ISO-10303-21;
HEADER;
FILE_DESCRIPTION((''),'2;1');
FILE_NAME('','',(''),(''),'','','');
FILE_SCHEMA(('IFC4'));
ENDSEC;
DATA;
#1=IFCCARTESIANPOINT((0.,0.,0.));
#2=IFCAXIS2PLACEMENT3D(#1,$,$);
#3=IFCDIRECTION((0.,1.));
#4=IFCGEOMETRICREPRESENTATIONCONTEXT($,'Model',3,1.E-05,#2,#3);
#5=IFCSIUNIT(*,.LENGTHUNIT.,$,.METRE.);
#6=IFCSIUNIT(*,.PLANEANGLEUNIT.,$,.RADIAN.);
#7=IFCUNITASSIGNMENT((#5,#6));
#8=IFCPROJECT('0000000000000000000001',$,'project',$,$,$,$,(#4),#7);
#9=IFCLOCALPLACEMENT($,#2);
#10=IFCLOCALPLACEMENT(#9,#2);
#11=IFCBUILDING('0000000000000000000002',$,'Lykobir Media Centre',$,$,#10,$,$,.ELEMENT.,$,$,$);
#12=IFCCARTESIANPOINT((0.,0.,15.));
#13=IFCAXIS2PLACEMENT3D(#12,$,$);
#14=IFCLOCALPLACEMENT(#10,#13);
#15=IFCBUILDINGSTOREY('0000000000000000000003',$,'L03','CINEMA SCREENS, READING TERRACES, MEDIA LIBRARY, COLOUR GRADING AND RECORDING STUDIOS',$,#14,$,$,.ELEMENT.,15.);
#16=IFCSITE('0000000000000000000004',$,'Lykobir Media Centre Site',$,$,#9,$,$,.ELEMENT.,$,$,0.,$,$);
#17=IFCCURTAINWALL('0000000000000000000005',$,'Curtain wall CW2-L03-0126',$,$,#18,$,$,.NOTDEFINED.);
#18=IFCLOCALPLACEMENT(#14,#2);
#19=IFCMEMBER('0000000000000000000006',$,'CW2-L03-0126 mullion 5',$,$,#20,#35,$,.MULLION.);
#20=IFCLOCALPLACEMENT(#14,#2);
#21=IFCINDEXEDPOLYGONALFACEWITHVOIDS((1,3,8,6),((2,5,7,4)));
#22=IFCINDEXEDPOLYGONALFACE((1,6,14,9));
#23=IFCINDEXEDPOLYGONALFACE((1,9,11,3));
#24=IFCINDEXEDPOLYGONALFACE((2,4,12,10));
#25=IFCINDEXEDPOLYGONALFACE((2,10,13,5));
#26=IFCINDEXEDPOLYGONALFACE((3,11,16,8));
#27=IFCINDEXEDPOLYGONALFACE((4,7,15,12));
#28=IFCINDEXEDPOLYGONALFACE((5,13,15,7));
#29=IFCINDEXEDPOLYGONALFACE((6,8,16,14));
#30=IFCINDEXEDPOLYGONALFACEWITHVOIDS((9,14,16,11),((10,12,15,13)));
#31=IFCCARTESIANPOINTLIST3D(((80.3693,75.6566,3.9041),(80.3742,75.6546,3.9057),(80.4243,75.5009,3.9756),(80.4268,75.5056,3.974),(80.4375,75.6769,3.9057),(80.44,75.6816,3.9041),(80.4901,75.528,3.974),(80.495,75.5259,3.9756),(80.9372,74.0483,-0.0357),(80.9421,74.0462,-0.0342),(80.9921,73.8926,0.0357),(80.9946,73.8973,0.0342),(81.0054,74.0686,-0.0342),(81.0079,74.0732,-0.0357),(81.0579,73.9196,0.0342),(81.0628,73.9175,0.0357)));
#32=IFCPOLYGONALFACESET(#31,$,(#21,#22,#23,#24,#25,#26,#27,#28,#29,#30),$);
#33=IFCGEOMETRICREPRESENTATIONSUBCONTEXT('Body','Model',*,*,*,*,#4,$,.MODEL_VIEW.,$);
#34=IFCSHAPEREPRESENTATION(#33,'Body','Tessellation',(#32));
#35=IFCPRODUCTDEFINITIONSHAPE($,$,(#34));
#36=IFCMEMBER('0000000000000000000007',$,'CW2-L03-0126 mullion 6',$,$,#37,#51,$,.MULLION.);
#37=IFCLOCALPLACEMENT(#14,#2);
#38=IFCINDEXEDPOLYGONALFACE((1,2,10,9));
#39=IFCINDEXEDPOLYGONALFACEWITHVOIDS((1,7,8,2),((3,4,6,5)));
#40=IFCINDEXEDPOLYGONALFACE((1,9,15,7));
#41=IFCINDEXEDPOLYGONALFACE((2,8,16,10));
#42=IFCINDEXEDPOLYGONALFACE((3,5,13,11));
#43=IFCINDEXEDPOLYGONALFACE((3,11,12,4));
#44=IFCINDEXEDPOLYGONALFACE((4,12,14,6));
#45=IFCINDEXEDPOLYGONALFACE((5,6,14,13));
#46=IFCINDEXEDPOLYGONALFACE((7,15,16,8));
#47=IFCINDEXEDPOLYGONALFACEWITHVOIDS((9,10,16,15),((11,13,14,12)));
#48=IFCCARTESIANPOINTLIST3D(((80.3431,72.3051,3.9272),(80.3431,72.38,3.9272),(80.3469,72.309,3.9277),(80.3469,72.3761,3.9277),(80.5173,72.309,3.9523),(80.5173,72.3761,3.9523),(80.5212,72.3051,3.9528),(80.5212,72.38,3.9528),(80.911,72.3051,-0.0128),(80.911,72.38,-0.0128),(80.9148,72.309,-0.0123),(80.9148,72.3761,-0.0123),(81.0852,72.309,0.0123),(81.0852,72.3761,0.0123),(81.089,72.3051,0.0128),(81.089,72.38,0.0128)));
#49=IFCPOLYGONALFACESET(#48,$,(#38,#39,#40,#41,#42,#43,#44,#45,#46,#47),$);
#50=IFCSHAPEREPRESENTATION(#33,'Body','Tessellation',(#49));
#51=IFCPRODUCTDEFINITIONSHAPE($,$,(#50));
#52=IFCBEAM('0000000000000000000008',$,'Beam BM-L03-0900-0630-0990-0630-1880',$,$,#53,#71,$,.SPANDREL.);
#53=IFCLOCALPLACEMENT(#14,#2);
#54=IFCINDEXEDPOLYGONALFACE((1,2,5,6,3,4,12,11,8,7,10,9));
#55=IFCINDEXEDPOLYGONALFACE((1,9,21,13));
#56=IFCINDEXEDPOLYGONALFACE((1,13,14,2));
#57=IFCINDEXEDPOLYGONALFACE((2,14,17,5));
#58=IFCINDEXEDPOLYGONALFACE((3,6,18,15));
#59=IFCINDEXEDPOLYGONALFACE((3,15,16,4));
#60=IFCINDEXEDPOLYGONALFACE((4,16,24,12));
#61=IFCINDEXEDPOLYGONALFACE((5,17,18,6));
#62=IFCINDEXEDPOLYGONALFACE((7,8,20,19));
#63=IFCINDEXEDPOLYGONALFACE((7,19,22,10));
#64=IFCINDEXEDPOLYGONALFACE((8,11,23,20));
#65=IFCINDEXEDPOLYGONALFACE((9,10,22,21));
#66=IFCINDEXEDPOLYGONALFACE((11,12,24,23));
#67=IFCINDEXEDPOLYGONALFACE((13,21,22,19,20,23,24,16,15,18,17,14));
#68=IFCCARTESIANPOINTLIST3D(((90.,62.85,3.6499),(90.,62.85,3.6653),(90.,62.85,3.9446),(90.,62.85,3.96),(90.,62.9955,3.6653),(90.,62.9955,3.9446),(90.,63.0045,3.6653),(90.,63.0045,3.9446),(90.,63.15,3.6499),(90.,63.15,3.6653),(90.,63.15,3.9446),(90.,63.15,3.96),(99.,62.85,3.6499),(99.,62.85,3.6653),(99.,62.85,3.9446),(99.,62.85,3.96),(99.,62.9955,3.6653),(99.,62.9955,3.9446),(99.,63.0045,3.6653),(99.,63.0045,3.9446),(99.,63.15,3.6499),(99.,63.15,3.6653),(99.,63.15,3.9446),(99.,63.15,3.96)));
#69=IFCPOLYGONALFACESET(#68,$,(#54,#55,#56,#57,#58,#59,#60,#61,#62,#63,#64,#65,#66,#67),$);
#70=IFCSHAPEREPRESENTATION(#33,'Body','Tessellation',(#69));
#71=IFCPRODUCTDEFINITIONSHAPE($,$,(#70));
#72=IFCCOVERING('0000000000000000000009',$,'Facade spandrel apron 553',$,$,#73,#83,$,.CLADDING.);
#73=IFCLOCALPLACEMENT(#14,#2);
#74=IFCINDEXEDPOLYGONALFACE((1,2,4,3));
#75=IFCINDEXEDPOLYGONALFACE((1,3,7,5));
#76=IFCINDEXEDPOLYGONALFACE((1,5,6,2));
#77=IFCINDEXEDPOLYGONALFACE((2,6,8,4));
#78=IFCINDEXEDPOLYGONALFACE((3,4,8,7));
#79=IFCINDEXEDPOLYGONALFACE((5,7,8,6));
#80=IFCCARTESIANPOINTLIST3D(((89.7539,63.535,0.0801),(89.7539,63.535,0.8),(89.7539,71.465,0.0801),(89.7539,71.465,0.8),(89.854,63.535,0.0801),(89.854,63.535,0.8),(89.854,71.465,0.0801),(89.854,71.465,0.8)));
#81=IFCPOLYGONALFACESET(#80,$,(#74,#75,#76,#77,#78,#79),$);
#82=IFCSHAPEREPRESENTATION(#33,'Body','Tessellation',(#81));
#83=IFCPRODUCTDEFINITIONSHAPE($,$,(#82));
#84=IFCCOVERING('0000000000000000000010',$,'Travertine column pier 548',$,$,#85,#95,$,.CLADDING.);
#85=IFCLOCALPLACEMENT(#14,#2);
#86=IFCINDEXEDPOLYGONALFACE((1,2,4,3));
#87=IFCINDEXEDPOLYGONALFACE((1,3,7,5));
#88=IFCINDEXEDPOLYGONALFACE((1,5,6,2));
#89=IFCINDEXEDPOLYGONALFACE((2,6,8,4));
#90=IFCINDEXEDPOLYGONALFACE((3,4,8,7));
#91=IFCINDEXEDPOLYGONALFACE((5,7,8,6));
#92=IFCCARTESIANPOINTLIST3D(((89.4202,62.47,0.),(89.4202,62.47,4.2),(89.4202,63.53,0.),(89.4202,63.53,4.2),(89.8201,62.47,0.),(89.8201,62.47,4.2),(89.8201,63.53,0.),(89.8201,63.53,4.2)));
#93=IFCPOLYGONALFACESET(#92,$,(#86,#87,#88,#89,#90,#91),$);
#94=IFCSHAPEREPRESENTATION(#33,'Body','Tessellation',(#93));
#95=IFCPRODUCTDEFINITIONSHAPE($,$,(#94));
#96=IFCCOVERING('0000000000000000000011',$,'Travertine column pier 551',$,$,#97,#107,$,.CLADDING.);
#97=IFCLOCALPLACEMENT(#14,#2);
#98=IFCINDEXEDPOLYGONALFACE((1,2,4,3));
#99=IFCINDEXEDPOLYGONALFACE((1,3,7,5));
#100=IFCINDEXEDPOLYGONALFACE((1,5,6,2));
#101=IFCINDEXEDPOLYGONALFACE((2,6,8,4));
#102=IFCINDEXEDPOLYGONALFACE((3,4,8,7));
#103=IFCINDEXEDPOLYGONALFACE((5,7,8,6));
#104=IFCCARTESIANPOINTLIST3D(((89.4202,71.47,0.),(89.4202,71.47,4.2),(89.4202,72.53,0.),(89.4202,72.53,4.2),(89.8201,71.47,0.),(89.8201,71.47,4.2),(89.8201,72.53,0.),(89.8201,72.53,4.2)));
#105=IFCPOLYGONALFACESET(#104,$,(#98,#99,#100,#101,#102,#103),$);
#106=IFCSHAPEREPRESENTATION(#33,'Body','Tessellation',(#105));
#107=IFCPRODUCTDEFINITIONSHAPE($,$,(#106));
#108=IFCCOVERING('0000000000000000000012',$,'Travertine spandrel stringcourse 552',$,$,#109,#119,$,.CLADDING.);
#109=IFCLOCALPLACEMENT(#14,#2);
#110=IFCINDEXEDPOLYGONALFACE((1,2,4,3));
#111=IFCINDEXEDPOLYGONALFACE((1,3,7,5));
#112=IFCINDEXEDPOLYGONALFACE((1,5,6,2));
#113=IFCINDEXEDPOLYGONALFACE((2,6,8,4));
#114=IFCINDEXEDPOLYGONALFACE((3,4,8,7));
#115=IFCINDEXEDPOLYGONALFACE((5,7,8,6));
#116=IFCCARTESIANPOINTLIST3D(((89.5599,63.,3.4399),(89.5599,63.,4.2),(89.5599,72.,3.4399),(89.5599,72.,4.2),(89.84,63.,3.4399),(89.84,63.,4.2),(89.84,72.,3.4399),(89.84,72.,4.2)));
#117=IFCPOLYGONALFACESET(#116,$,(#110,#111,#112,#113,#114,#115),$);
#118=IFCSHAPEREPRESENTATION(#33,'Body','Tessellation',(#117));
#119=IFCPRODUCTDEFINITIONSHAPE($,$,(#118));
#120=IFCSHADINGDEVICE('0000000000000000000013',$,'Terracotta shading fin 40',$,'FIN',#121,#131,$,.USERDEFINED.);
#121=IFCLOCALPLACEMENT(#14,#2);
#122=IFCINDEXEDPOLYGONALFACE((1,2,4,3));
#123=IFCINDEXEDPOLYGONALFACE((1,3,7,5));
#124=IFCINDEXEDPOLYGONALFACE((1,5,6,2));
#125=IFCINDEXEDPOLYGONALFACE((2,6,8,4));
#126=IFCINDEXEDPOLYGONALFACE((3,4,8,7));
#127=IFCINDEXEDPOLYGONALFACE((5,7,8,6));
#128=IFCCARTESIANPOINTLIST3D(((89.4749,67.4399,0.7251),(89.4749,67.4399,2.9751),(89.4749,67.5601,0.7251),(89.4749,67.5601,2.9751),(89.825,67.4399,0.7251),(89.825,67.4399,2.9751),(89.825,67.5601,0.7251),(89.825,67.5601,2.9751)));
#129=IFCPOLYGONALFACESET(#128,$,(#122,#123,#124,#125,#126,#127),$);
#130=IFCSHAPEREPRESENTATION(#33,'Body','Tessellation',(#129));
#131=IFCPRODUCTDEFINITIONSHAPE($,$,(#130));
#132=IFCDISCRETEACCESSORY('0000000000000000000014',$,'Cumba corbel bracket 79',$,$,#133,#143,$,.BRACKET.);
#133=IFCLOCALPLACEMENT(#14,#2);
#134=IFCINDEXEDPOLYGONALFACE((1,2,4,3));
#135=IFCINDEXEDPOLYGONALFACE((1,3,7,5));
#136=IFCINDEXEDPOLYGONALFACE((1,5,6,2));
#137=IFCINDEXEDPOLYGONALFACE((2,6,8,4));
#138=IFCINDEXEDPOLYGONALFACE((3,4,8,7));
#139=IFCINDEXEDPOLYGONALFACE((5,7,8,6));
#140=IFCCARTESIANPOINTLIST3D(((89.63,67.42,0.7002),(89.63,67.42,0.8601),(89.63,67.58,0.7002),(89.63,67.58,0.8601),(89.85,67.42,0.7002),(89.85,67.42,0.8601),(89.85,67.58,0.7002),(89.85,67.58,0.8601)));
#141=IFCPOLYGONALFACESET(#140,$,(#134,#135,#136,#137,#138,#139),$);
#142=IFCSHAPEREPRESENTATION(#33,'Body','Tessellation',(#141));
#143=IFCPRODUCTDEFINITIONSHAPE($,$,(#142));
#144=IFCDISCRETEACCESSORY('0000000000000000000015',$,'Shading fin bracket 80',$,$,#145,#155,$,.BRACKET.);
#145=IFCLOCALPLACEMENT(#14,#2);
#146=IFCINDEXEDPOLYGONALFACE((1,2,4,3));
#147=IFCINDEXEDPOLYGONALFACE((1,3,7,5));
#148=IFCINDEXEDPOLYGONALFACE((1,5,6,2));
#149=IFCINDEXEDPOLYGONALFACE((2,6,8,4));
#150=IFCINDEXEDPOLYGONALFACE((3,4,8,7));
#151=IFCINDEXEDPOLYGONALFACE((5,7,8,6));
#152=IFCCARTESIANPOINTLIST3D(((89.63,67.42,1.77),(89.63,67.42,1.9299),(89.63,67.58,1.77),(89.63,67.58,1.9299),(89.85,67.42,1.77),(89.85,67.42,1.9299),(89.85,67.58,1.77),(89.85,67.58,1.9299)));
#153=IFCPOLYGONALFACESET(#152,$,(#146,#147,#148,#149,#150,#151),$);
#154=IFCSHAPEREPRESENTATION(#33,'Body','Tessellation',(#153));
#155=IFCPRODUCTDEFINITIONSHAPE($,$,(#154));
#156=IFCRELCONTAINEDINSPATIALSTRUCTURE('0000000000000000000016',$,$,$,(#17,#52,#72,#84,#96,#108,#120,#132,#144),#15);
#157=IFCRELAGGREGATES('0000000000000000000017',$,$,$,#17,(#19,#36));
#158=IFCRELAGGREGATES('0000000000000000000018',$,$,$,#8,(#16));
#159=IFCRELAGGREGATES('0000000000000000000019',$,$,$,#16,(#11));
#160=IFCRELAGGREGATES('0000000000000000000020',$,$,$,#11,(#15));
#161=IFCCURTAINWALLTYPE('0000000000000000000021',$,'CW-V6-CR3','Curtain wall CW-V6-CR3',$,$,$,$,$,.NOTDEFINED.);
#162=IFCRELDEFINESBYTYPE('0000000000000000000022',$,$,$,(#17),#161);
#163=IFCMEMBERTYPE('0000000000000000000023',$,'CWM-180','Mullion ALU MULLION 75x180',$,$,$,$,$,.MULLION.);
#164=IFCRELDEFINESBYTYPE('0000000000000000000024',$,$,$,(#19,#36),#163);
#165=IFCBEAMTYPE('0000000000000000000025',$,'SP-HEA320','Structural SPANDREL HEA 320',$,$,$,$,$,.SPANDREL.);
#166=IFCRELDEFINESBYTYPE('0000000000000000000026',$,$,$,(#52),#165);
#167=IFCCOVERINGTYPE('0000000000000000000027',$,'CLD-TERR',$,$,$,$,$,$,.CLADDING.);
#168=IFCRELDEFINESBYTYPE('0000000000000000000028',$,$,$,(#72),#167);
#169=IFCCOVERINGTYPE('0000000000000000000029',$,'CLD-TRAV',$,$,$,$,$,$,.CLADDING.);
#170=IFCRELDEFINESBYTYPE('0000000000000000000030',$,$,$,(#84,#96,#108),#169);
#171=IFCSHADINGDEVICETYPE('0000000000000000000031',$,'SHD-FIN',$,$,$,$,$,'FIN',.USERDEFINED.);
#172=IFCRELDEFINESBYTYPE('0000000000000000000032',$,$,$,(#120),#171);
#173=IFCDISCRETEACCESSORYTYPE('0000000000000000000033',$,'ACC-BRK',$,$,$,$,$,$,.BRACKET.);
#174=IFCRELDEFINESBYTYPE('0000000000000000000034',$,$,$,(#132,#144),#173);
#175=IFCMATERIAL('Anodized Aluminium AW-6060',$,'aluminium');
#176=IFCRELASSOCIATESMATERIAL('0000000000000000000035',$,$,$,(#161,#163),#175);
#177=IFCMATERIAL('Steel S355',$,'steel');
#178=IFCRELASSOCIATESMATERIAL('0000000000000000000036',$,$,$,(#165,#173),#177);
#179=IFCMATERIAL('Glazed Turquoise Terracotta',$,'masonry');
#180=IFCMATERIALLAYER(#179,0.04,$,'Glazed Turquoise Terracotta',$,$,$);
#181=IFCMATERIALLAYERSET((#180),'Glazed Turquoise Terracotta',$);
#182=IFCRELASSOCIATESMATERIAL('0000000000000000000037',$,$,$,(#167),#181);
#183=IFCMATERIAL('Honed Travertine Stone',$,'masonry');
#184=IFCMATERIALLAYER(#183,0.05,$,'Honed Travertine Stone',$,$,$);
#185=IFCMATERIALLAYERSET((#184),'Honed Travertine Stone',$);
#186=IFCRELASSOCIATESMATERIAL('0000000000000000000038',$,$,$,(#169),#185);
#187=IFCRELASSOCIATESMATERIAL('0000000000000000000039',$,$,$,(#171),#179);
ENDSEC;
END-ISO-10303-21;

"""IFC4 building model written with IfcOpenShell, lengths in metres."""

from ifc_helpers import new_model, si_unit, direction, frame, origin, origin_2d, place, context, subcontext, project, spatial, rectangle, hollow_rectangle, i_section, extrude, material, layer, layer_set, material_profile, profile_set, type_object, element, aggregate, save


model = new_model("IFC4")

# Units and contexts
model_context = context("Model", 3, precision=1e-05, world=origin(), true_north=direction((0.0, 1.0)))
body_context = subcontext(model_context, "Body", "Model", "MODEL_VIEW")
ifc_project = project(units=[si_unit("LENGTHUNIT", "METRE"), si_unit("PLANEANGLEUNIT", "RADIAN")], contexts=[model_context])

# Site, building, storey
site_placement = place(None, origin())
site = spatial("IfcSite", under=ifc_project, at=site_placement, Name="Lykobir Media Centre Site", CompositionType="ELEMENT", RefElevation=0.0)
building_placement = place(site_placement, origin())
building = spatial("IfcBuilding", under=site, at=building_placement, Name="Lykobir Media Centre", CompositionType="ELEMENT")
storey_placement = place(building_placement, frame((0.0, 0.0, 15.0)))
storey = spatial("IfcBuildingStorey", under=building, at=storey_placement, Name="L03", Description="CINEMA SCREENS, READING TERRACES, MEDIA LIBRARY, COLOUR GRADING AND RECORDING STUDIOS", CompositionType="ELEMENT", Elevation=15.0)

# Curtain wall, members
ifc_material_1 = material(Name="Anodized Aluminium AW-6060", Category="aluminium")
curtain_wall_type = type_object("IfcCurtainWallType", Name="CW-V6-CR3", Description="Curtain wall CW-V6-CR3", PredefinedType="NOTDEFINED", material=ifc_material_1)
ifc_material_profile_1 = material_profile(ifc_material_1, hollow_rectangle(XDim=0.075, YDim=0.1799, WallThickness=0.0039, at=origin_2d()), Name="ALU MULLION 75x180")
ifc_profile_set_1 = profile_set([ifc_material_profile_1], Name="Anodized Aluminium AW-6060")
member_type = type_object("IfcMemberType", Name="CWM-180", Description="Mullion ALU MULLION 75x180", PredefinedType="MULLION", material=ifc_profile_set_1)
curtain_wall_1_placement = place(storey_placement, origin())
curtain_wall_1 = element("IfcCurtainWall", 1, at=curtain_wall_1_placement, inside=storey, type_object=curtain_wall_type, Name="Curtain wall CW2-L03-0126", PredefinedType="NOTDEFINED")
member_1_placement = place(storey_placement, frame((81.0, 73.9829, 0.0), z_axis=(-0.132269, 0.374628, 0.917692), x_axis=(-0.942953, -0.332925, 0.0)))
member_1 = element("IfcMember", 2, at=member_1_placement, type_object=member_type, Name="CW2-L03-0126 mullion 5", PredefinedType="MULLION", context=body_context, shape_type="SweptSolid", body=[
    extrude(hollow_rectangle(XDim=0.075, YDim=0.1799, WallThickness=0.0039, at=origin_2d()), origin(), (0.0, 0.0, 1.0), 4.2932),
])
member_2_placement = place(storey_placement, frame((81.0, 72.3425, 0.0), z_axis=(-0.142658, 0.0, 0.989772), x_axis=(0.0, -1.0, 0.0)))
member_2 = element("IfcMember", 3, at=member_2_placement, type_object=member_type, Name="CW2-L03-0126 mullion 6", PredefinedType="MULLION", context=body_context, shape_type="SweptSolid", body=[
    extrude(hollow_rectangle(XDim=0.075, YDim=0.1799, WallThickness=0.0039, at=origin_2d()), origin(), (0.0, 0.0, 1.0), 3.9807),
])
aggregate(curtain_wall_1, [member_1, member_2])

# Beam
ifc_material_2 = material(Name="Steel S355", Category="steel")
ifc_material_profile_2 = material_profile(ifc_material_2, i_section(OverallWidth=0.3, OverallDepth=0.3101, WebThickness=0.009, FlangeThickness=0.0154, at=origin_2d()), Name="HEA 320")
ifc_profile_set_2 = profile_set([ifc_material_profile_2], Name="Steel S355")
beam_type = type_object("IfcBeamType", Name="SP-HEA320", Description="Structural SPANDREL HEA 320", PredefinedType="SPANDREL", material=ifc_profile_set_2)
beam_placement = place(storey_placement, frame((90.0, 63.0, 3.8049), z_axis=(1.0, 0.0, 0.0), x_axis=(0.0, 1.0, 0.0)))
element("IfcBeam", 4, at=beam_placement, inside=storey, type_object=beam_type, Name="Beam BM-L03-0900-0630-0990-0630-1880", PredefinedType="SPANDREL", context=body_context, shape_type="SweptSolid", body=[
    extrude(i_section(OverallWidth=0.3, OverallDepth=0.3101, WebThickness=0.009, FlangeThickness=0.0154, at=origin_2d()), origin(), (0.0, 0.0, 1.0), 9.0),
])

# Coverings
ifc_material_3 = material(Name="Glazed Turquoise Terracotta", Category="masonry")
ifc_layer_1 = layer(ifc_material_3, 0.04, Name="Glazed Turquoise Terracotta")
ifc_layer_set_1 = layer_set([ifc_layer_1], Name="Glazed Turquoise Terracotta")
covering_type_1 = type_object("IfcCoveringType", Name="CLD-TERR", PredefinedType="CLADDING", material=ifc_layer_set_1)
covering_1_placement = place(storey_placement, frame((89.804, 67.5, 0.0801), z_axis=(0.0, 0.0, 1.0), x_axis=(0.0, -1.0, 0.0)))
element("IfcCovering", 5, at=covering_1_placement, inside=storey, type_object=covering_type_1, Name="Facade spandrel apron 553", PredefinedType="CLADDING", context=body_context, shape_type="SweptSolid", body=[
    extrude(rectangle(XDim=7.9299, YDim=0.1001, at=origin_2d()), origin(), (0.0, 0.0, 1.0), 0.72),
])
ifc_material_4 = material(Name="Honed Travertine Stone", Category="masonry")
ifc_layer_2 = layer(ifc_material_4, 0.05, Name="Honed Travertine Stone")
ifc_layer_set_2 = layer_set([ifc_layer_2], Name="Honed Travertine Stone")
covering_type_2 = type_object("IfcCoveringType", Name="CLD-TRAV", PredefinedType="CLADDING", material=ifc_layer_set_2)
for number, where, z_axis, x_axis, name in (
    (6, (89.6201, 63.0, 0.0), (0.0, 0.0, 1.0), (0.0, -1.0, 0.0), "Travertine column pier 548"),
    (7, (89.6201, 72.0, 0.0), (0.0, 0.0, 1.0), (0.0, -1.0, 0.0), "Travertine column pier 551"),
):
    element("IfcCovering", number, at=place(storey_placement, frame(where, z_axis=z_axis, x_axis=x_axis)), inside=storey, type_object=covering_type_2, Name=name, PredefinedType="CLADDING", context=body_context, shape_type="SweptSolid", body=[
        extrude(rectangle(XDim=1.0601, YDim=0.3999, at=origin_2d()), origin(), (0.0, 0.0, 1.0), 4.2),
    ])
covering_2_placement = place(storey_placement, frame((89.7, 67.5, 3.4399), z_axis=(0.0, 0.0, 1.0), x_axis=(0.0, -1.0, 0.0)))
element("IfcCovering", 8, at=covering_2_placement, inside=storey, type_object=covering_type_2, Name="Travertine spandrel stringcourse 552", PredefinedType="CLADDING", context=body_context, shape_type="SweptSolid", body=[
    extrude(rectangle(XDim=9.0, YDim=0.28, at=origin_2d()), origin(), (0.0, 0.0, 1.0), 0.76),
])

# Shading device
shading_device_type = type_object("IfcShadingDeviceType", Name="SHD-FIN", ElementType="FIN", PredefinedType="USERDEFINED", material=ifc_material_3)
shading_device_placement = place(storey_placement, frame((89.6499, 67.5, 0.7251), z_axis=(0.0, 0.0, 1.0), x_axis=(0.0, -1.0, 0.0)))
element("IfcShadingDevice", 9, at=shading_device_placement, inside=storey, type_object=shading_device_type, Name="Terracotta shading fin 40", ObjectType="FIN", PredefinedType="USERDEFINED", context=body_context, shape_type="SweptSolid", body=[
    extrude(rectangle(XDim=0.1201, YDim=0.3501, at=origin_2d()), origin(), (0.0, 0.0, 1.0), 2.25),
])

# Discrete accessories
discrete_accessory_type = type_object("IfcDiscreteAccessoryType", Name="ACC-BRK", PredefinedType="BRACKET", material=ifc_material_2)
for number, where, z_axis, x_axis, name in (
    (10, (89.74, 67.5, 0.7002), (0.0, 0.0, 1.0), (0.0, -1.0, 0.0), "Cumba corbel bracket 79"),
    (11, (89.74, 67.5, 1.77), (0.0, 0.0, 1.0), (0.0, -1.0, 0.0), "Shading fin bracket 80"),
):
    element("IfcDiscreteAccessory", number, at=place(storey_placement, frame(where, z_axis=z_axis, x_axis=x_axis)), inside=storey, type_object=discrete_accessory_type, Name=name, PredefinedType="BRACKET", context=body_context, shape_type="SweptSolid", body=[
        extrude(rectangle(XDim=0.1599, YDim=0.22, at=origin_2d()), origin(), (0.0, 0.0, 1.0), 0.1599),
    ])

save(model, "model.ifc")
